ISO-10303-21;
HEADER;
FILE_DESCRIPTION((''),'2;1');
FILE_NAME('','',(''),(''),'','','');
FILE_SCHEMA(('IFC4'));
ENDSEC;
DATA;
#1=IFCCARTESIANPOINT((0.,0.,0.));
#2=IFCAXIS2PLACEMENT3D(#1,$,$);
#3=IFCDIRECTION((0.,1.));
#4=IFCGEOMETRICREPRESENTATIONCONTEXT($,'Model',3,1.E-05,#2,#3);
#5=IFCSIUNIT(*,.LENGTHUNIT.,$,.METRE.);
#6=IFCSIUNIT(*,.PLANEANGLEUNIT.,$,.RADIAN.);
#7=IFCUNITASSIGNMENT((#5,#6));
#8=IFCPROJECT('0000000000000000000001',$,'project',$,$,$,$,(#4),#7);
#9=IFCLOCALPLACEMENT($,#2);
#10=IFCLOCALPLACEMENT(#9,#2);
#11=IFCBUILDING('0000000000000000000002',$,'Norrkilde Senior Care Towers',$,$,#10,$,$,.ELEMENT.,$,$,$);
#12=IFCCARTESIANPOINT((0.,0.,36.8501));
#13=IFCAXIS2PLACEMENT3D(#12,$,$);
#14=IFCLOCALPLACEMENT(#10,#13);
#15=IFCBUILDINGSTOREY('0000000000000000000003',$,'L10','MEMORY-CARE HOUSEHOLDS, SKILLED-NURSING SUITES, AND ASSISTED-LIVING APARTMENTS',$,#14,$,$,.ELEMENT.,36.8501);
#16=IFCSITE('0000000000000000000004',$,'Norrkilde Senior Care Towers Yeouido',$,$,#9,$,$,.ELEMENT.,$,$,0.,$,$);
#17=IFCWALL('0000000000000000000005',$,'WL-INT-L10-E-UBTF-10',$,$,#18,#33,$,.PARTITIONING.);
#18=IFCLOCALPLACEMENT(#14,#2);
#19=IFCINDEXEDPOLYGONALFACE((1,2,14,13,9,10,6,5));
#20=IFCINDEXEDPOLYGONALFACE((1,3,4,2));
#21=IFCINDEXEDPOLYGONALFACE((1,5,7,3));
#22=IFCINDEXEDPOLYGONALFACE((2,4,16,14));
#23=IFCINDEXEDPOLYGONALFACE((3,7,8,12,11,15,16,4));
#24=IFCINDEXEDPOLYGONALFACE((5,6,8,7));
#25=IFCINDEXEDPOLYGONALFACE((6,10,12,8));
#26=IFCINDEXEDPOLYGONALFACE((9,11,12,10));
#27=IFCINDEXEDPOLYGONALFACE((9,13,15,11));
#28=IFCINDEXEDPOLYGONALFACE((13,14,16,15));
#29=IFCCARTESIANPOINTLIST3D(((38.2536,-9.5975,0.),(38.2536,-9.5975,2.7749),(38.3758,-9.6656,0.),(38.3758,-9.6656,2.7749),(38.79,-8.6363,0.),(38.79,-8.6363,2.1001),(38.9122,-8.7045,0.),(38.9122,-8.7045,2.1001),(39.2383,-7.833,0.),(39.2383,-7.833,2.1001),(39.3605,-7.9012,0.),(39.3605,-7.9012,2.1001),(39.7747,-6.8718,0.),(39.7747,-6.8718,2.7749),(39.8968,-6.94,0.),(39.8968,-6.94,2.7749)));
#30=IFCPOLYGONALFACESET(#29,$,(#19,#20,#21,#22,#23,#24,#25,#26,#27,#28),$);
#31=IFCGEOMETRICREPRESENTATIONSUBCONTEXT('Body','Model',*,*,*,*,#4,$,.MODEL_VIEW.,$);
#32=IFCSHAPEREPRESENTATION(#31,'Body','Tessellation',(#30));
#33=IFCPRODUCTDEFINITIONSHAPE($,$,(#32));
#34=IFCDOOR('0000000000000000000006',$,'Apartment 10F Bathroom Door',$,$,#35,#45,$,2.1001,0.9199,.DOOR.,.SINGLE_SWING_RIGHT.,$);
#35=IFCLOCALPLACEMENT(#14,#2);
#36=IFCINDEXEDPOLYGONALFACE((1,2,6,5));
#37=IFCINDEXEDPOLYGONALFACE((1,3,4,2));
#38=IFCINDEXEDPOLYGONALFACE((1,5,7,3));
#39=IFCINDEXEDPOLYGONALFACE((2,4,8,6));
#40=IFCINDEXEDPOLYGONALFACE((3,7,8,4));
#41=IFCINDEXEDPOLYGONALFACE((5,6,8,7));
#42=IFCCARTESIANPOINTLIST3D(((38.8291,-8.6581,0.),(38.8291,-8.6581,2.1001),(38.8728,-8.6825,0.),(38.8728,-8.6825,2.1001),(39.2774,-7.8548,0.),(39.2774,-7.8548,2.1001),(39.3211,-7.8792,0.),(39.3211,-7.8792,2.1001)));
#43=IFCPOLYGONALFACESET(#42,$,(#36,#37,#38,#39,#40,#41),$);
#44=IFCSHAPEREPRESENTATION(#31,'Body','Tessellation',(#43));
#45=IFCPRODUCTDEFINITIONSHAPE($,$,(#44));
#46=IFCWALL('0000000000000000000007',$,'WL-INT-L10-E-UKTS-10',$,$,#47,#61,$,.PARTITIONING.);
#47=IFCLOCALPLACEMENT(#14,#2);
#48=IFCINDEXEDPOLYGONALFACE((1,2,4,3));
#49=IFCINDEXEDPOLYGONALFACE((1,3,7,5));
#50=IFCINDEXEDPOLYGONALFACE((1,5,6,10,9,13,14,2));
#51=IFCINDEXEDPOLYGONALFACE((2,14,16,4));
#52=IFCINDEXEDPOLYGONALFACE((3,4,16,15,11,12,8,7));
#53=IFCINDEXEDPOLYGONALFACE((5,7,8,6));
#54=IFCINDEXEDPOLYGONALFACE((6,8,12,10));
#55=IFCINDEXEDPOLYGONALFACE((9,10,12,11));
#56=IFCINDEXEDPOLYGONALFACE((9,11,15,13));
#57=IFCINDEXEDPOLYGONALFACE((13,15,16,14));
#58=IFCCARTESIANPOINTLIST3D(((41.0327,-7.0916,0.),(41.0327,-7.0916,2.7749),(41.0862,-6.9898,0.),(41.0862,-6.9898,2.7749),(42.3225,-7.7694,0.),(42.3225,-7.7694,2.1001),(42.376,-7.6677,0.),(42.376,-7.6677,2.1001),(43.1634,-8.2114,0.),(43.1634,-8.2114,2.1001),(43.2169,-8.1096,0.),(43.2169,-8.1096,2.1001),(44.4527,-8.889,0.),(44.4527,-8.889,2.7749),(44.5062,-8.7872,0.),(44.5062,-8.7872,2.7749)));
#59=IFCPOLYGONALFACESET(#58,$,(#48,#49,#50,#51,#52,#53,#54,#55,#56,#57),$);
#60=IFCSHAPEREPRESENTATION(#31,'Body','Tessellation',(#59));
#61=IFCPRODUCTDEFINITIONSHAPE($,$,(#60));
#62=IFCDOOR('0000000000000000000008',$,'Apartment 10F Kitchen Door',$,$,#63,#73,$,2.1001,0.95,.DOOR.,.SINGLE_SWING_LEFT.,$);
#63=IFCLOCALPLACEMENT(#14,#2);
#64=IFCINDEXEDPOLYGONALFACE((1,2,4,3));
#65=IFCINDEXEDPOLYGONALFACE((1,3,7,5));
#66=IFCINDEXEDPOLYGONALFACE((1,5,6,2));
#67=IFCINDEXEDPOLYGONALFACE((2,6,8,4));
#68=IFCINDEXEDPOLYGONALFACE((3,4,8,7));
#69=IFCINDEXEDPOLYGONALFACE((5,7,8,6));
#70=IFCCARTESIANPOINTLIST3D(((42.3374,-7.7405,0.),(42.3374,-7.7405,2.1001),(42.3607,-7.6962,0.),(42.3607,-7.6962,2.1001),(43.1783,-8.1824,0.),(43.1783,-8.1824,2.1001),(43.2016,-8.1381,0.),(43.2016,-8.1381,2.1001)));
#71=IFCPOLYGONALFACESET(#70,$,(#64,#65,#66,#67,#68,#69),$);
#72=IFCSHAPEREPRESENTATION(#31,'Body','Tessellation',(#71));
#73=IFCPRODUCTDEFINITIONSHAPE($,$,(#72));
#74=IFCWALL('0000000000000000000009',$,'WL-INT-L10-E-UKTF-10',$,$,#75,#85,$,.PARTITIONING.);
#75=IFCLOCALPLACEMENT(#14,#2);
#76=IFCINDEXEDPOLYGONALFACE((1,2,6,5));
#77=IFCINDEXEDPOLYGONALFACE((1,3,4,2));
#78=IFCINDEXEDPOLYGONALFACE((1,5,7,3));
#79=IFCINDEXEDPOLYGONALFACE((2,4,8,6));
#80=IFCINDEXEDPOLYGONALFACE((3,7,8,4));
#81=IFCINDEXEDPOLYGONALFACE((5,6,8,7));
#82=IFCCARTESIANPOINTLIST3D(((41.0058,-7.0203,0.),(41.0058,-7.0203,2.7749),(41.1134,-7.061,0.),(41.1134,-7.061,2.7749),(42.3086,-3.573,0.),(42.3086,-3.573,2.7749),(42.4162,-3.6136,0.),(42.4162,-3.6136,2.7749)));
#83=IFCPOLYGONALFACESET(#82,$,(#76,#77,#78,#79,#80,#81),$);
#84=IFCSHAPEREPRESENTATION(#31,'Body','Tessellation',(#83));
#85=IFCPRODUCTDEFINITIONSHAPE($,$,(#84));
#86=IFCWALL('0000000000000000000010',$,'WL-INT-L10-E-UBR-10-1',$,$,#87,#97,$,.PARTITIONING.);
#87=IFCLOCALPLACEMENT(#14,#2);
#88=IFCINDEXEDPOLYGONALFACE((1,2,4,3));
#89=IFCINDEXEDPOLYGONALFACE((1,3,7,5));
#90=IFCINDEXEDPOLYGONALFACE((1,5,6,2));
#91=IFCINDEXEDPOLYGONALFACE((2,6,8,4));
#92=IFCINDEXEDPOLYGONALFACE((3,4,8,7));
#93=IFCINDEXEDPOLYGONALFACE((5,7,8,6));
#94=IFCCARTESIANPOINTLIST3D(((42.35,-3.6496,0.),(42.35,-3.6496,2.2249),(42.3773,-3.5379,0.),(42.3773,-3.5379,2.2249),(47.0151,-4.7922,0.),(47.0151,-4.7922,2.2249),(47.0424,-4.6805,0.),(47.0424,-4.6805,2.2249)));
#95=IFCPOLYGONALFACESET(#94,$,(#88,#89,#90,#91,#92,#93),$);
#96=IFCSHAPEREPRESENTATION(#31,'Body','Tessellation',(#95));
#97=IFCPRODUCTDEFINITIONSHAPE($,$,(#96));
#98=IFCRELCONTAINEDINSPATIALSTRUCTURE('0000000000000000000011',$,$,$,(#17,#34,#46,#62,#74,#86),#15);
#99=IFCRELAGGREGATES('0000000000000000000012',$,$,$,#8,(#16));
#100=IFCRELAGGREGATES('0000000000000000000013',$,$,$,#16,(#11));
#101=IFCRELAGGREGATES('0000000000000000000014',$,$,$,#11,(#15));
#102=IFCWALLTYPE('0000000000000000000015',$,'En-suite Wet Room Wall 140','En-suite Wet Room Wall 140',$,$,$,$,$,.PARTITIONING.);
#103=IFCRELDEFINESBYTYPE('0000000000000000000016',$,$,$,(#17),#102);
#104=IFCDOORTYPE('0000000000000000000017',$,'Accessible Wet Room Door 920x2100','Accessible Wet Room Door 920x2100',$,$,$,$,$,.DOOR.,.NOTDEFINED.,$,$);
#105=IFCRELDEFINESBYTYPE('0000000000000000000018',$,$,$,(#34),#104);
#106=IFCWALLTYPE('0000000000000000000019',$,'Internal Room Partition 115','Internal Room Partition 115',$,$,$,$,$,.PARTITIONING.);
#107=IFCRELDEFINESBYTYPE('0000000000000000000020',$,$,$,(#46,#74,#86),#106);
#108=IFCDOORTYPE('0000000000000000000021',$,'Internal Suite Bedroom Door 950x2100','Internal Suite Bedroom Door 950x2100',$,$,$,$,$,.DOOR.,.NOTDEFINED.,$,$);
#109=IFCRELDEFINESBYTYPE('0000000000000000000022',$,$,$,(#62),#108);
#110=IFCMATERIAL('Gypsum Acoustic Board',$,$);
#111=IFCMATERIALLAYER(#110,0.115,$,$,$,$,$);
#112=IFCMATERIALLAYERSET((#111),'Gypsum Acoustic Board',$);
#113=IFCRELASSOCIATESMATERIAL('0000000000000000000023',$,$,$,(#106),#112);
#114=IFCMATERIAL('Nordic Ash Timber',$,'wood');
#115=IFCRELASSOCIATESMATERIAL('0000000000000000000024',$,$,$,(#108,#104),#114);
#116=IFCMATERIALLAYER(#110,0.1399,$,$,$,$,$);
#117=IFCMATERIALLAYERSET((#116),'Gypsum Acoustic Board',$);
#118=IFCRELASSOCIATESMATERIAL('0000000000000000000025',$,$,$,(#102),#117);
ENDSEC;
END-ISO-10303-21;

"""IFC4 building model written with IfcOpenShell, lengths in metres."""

from ifc_helpers import new_model, si_unit, direction, frame, frame_2d, origin, place, context, subcontext, project, spatial, rectangle, extrude, source, transform, mapped, material, layer, layer_set, type_object, type_shapes, element, fill, save


model = new_model("IFC4")

# Units and contexts
model_context = context("Model", 3, precision=1e-05, world=origin(), true_north=direction((0.0, 1.0)))
body_context = subcontext(model_context, "Body", "Model", "MODEL_VIEW")
ifc_project = project(units=[si_unit("LENGTHUNIT", "METRE"), si_unit("PLANEANGLEUNIT", "RADIAN")], contexts=[model_context])

# Site, building, storey
site_placement = place(None, origin())
site = spatial("IfcSite", under=ifc_project, at=site_placement, Name="Norrkilde Senior Care Towers Yeouido", CompositionType="ELEMENT", RefElevation=0.0)
building_placement = place(site_placement, origin())
building = spatial("IfcBuilding", under=site, at=building_placement, Name="Norrkilde Senior Care Towers", CompositionType="ELEMENT")
storey_placement = place(building_placement, frame((0.0, 0.0, 36.8501)))
storey = spatial("IfcBuildingStorey", under=building, at=storey_placement, Name="L10", Description="MEMORY-CARE HOUSEHOLDS, SKILLED-NURSING SUITES, AND ASSISTED-LIVING APARTMENTS", CompositionType="ELEMENT", Elevation=36.8501)

# Shared definitions
ifc_material_1 = material(Name="Gypsum Acoustic Board")
ifc_material_2 = material(Name="Nordic Ash Timber", Category="wood")

# Shared definitions
ifc_layer_1 = layer(ifc_material_1, 0.115)
ifc_layer_set_1 = layer_set([ifc_layer_1], Name="Gypsum Acoustic Board")
wall_type_1 = type_object("IfcWallType", Name="Internal Room Partition 115", Description="Internal Room Partition 115", PredefinedType="PARTITIONING", material=ifc_layer_set_1)
door_type_1 = type_object("IfcDoorType", Name="Internal Suite Bedroom Door 950x2100", Description="Internal Suite Bedroom Door 950x2100", OperationType="NOTDEFINED", PredefinedType="DOOR", material=ifc_material_2)
shared_shape_1 = source(origin(), body_context, "Body", "SweptSolid", [
    extrude(rectangle(XDim=0.95, YDim=2.1001, at=frame_2d((0.4751, 1.05))), frame((0.0, 0.0249, 0.0), z_axis=(0.0, -1.0, 0.0), x_axis=(1.0, 0.0, 0.0)), (0.0, 0.0, 1.0), 0.05),
])
type_shapes(door_type_1, [shared_shape_1])

# Shared definitions
ifc_layer_2 = layer(ifc_material_1, 0.1399)
ifc_layer_set_2 = layer_set([ifc_layer_2], Name="Gypsum Acoustic Board")
wall_type_2 = type_object("IfcWallType", Name="En-suite Wet Room Wall 140", Description="En-suite Wet Room Wall 140", PredefinedType="PARTITIONING", material=ifc_layer_set_2)

# Walls, openings, doors
shared_shape_2 = source(origin(), body_context, "Body", "SweptSolid", [
    extrude(rectangle(XDim=3.1213, YDim=0.1399, at=frame_2d((1.5605, 0.0))), origin(), (0.0, 0.0, 1.0), 2.7749),
])
wall_1_placement = place(storey_placement, frame((39.8357, -6.906, 0.0), z_axis=(0.0, 0.0, 1.0), x_axis=(-0.487302, -0.873233, 0.0)))
wall_1 = element("IfcWall", 1, at=wall_1_placement, inside=storey, type_object=wall_type_2, Name="WL-INT-L10-E-UBTF-10", PredefinedType="PARTITIONING", context=body_context, shape_type="MappedRepresentation", body=[
    mapped(shared_shape_2, transform((0.0, 0.0, 0.0), x_axis=(1.0, 0.0, 0.0), y_axis=(0.0, 1.0, 0.0), z_axis=(0.0, 0.0, 1.0), scale=1.0)),
])
opening_1_placement = place(wall_1_placement, frame((1.1006, 0.0, 0.0)))
opening_1 = element("IfcOpeningElement", 2, at=opening_1_placement, cuts=wall_1, PredefinedType="OPENING", context=body_context, shape_type="SweptSolid", body=[
    extrude(rectangle(XDim=0.9199, YDim=2.1001, at=frame_2d((0.46, 1.05))), frame((0.0, 0.0798, 0.0), z_axis=(0.0, -1.0, 0.0), x_axis=(1.0, 0.0, 0.0)), (0.0, 0.0, 1.0), 0.1599),
])
door_type_2 = type_object("IfcDoorType", Name="Accessible Wet Room Door 920x2100", Description="Accessible Wet Room Door 920x2100", OperationType="NOTDEFINED", PredefinedType="DOOR", material=ifc_material_2)
shared_shape_3 = source(origin(), body_context, "Body", "SweptSolid", [
    extrude(rectangle(XDim=0.9199, YDim=2.1001, at=frame_2d((0.46, 1.05))), frame((0.0, 0.0249, 0.0), z_axis=(0.0, -1.0, 0.0), x_axis=(1.0, 0.0, 0.0)), (0.0, 0.0, 1.0), 0.05),
])
type_shapes(door_type_2, [shared_shape_3])
door_1_placement = place(opening_1_placement, origin())
door_1 = element("IfcDoor", 3, at=door_1_placement, inside=storey, type_object=door_type_2, Name="Apartment 10F Bathroom Door", OperationType="SINGLE_SWING_RIGHT", OverallHeight=2.1001, OverallWidth=0.9199, PredefinedType="DOOR", context=body_context, shape_type="MappedRepresentation", body=[
    mapped(shared_shape_3, transform((0.0, 0.0, 0.0), x_axis=(1.0, 0.0, 0.0), y_axis=(0.0, 1.0, 0.0), z_axis=(0.0, 0.0, 1.0), scale=1.0)),
])
fill(opening_1, door_1)
shared_shape_4 = source(origin(), body_context, "Body", "SweptSolid", [
    extrude(rectangle(XDim=3.8635, YDim=0.115, at=frame_2d((1.9316, 0.0))), origin(), (0.0, 0.0, 1.0), 2.7749),
])
wall_2_placement = place(storey_placement, frame((41.0596, -7.0408, 0.0), z_axis=(0.0, 0.0, 1.0), x_axis=(0.885195, -0.46522, 0.0)))
wall_2 = element("IfcWall", 4, at=wall_2_placement, inside=storey, type_object=wall_type_1, Name="WL-INT-L10-E-UKTS-10", PredefinedType="PARTITIONING", context=body_context, shape_type="MappedRepresentation", body=[
    mapped(shared_shape_4, transform((0.0, 0.0, 0.0), x_axis=(1.0, 0.0, 0.0), y_axis=(0.0, 1.0, 0.0), z_axis=(0.0, 0.0, 1.0), scale=1.0)),
])
opening_2_placement = place(wall_2_placement, frame((1.4568, 0.0, 0.0)))
opening_2 = element("IfcOpeningElement", 5, at=opening_2_placement, cuts=wall_2, PredefinedType="OPENING", context=body_context, shape_type="SweptSolid", body=[
    extrude(rectangle(XDim=0.95, YDim=2.1001, at=frame_2d((0.4751, 1.05))), frame((0.0, 0.0674, 0.0), z_axis=(0.0, -1.0, 0.0), x_axis=(1.0, 0.0, 0.0)), (0.0, 0.0, 1.0), 0.135),
])
door_2_placement = place(opening_2_placement, frame((0.95, 0.0, 0.0), z_axis=(0.0, 0.0, 1.0), x_axis=(-1.0, 0.0, 0.0)))
door_2 = element("IfcDoor", 6, at=door_2_placement, inside=storey, type_object=door_type_1, Name="Apartment 10F Kitchen Door", OperationType="SINGLE_SWING_LEFT", OverallHeight=2.1001, OverallWidth=0.95, PredefinedType="DOOR", context=body_context, shape_type="MappedRepresentation", body=[
    mapped(shared_shape_1, transform((0.0, 0.0, 0.0), x_axis=(1.0, 0.0, 0.0), y_axis=(0.0, 1.0, 0.0), z_axis=(0.0, 0.0, 1.0), scale=1.0)),
])
fill(opening_2, door_2)

# Walls
shared_shape_5 = source(origin(), body_context, "Body", "SweptSolid", [
    extrude(rectangle(XDim=3.6853, YDim=0.115, at=frame_2d((1.8428, 0.0))), origin(), (0.0, 0.0, 1.0), 2.7749),
])
wall_3_placement = place(storey_placement, frame((41.0596, -7.0408, 0.0), z_axis=(0.0, 0.0, 1.0), x_axis=(0.353504, 0.935433, 0.0)))
element("IfcWall", 7, at=wall_3_placement, inside=storey, type_object=wall_type_1, Name="WL-INT-L10-E-UKTF-10", PredefinedType="PARTITIONING", context=body_context, shape_type="MappedRepresentation", body=[
    mapped(shared_shape_5, transform((0.0, 0.0, 0.0), x_axis=(1.0, 0.0, 0.0), y_axis=(0.0, 1.0, 0.0), z_axis=(0.0, 0.0, 1.0), scale=1.0)),
])
shared_shape_6 = source(origin(), body_context, "Body", "SweptSolid", [
    extrude(rectangle(XDim=4.803, YDim=0.115, at=frame_2d((2.4014, 0.0))), origin(), (0.0, 0.0, 1.0), 2.2249),
])
wall_4_placement = place(storey_placement, frame((42.3638, -3.5938, 0.0), z_axis=(0.0, 0.0, 1.0), x_axis=(0.971292, -0.237892, 0.0)))
element("IfcWall", 8, at=wall_4_placement, inside=storey, type_object=wall_type_1, Name="WL-INT-L10-E-UBR-10-1", PredefinedType="PARTITIONING", context=body_context, shape_type="MappedRepresentation", body=[
    mapped(shared_shape_6, transform((0.0, 0.0, 0.0), x_axis=(1.0, 0.0, 0.0), y_axis=(0.0, 1.0, 0.0), z_axis=(0.0, 0.0, 1.0), scale=1.0)),
])

save(model, "model.ifc")
